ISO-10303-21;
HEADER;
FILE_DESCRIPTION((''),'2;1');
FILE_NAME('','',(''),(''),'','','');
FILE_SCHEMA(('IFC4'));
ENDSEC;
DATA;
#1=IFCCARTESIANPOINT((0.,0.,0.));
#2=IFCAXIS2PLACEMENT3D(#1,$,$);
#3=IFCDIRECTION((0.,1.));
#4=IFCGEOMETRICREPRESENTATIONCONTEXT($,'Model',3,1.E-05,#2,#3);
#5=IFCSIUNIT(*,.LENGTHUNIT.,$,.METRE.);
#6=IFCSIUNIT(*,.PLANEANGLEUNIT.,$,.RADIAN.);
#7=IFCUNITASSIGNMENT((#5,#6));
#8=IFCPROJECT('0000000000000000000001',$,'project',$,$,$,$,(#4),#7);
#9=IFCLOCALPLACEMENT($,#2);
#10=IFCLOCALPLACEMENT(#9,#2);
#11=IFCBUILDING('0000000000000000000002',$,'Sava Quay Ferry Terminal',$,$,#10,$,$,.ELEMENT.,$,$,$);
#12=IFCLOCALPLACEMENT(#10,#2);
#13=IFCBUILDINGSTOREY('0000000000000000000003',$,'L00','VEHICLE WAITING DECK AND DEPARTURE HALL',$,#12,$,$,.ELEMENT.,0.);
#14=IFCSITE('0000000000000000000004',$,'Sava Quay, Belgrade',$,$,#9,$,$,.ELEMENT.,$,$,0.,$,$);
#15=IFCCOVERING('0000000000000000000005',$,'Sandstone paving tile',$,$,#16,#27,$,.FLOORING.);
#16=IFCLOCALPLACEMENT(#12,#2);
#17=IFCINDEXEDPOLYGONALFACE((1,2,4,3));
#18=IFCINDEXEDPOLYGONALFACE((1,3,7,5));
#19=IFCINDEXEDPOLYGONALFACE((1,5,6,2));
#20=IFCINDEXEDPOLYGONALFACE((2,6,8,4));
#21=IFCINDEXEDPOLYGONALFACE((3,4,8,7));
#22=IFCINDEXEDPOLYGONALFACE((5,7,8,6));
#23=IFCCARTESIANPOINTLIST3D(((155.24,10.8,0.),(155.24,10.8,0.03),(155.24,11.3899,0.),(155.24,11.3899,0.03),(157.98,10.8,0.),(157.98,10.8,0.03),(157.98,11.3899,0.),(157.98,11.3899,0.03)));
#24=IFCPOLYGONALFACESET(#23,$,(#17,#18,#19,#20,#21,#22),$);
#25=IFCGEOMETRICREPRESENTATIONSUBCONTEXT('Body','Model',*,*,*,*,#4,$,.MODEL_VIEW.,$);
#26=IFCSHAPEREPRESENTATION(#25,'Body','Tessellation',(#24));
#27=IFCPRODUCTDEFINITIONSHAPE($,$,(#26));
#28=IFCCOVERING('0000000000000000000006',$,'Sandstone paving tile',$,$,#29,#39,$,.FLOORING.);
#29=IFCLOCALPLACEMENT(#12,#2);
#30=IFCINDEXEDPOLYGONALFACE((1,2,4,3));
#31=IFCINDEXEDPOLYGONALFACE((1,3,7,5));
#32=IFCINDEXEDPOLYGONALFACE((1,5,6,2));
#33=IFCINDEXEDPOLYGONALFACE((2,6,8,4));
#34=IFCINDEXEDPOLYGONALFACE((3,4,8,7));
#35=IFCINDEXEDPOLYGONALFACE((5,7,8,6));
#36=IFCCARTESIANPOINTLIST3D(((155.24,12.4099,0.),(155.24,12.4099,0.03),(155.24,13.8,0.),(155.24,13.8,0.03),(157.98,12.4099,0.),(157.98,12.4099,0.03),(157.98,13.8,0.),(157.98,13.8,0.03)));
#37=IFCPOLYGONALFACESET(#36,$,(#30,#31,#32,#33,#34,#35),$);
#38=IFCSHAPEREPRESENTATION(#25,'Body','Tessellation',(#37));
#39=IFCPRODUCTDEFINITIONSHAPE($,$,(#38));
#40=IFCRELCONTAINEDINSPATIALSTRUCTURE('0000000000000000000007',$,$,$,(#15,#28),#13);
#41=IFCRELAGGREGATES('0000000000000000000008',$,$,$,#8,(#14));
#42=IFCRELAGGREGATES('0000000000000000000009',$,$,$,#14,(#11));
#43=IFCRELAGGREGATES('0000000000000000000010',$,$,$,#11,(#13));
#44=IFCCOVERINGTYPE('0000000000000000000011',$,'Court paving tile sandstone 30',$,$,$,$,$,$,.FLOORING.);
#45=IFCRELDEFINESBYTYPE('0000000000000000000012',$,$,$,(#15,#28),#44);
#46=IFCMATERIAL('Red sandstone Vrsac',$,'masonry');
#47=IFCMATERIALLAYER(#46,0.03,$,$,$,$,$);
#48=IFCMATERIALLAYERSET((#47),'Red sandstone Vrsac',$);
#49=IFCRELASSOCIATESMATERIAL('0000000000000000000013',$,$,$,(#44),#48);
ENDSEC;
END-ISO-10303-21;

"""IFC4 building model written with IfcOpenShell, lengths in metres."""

from ifc_helpers import new_model, si_unit, direction, origin, place, context, subcontext, project, spatial, polyline, outline, extrude, material, layer, layer_set, type_object, element, save


model = new_model("IFC4")

# Units and contexts
model_context = context("Model", 3, precision=1e-05, world=origin(), true_north=direction((0.0, 1.0)))
body_context = subcontext(model_context, "Body", "Model", "MODEL_VIEW")
ifc_project = project(units=[si_unit("LENGTHUNIT", "METRE"), si_unit("PLANEANGLEUNIT", "RADIAN")], contexts=[model_context])

# Site, building, storey
site_placement = place(None, origin())
site = spatial("IfcSite", under=ifc_project, at=site_placement, Name="Sava Quay, Belgrade", CompositionType="ELEMENT", RefElevation=0.0)
building_placement = place(site_placement, origin())
building = spatial("IfcBuilding", under=site, at=building_placement, Name="Sava Quay Ferry Terminal", CompositionType="ELEMENT")
storey_placement = place(building_placement, origin())
storey = spatial("IfcBuildingStorey", under=building, at=storey_placement, Name="L00", Description="VEHICLE WAITING DECK AND DEPARTURE HALL", CompositionType="ELEMENT", Elevation=0.0)

# Coverings
ifc_material_1 = material(Name="Red sandstone Vrsac", Category="masonry")
ifc_layer_1 = layer(ifc_material_1, 0.03)
ifc_layer_set_1 = layer_set([ifc_layer_1], Name="Red sandstone Vrsac")
covering_type_1 = type_object("IfcCoveringType", Name="Court paving tile sandstone 30", PredefinedType="FLOORING", material=ifc_layer_set_1)
covering_1_placement = place(storey_placement, origin())
element("IfcCovering", 1, at=covering_1_placement, inside=storey, type_object=covering_type_1, Name="Sandstone paving tile", PredefinedType="FLOORING", context=body_context, shape_type="SweptSolid", body=[
    extrude(outline(polyline([(157.98, 10.8), (157.98, 11.3899), (155.24, 11.3899), (155.24, 10.8), (157.98, 10.8)])), origin(), (0.0, 0.0, 1.0), 0.03),
])
covering_2_placement = place(storey_placement, origin())
element("IfcCovering", 2, at=covering_2_placement, inside=storey, type_object=covering_type_1, Name="Sandstone paving tile", PredefinedType="FLOORING", context=body_context, shape_type="SweptSolid", body=[
    extrude(outline(polyline([(155.24, 13.8), (155.24, 12.4099), (157.98, 12.4099), (157.98, 13.8), (155.24, 13.8)])), origin(), (0.0, 0.0, 1.0), 0.03),
])

save(model, "model.ifc")
